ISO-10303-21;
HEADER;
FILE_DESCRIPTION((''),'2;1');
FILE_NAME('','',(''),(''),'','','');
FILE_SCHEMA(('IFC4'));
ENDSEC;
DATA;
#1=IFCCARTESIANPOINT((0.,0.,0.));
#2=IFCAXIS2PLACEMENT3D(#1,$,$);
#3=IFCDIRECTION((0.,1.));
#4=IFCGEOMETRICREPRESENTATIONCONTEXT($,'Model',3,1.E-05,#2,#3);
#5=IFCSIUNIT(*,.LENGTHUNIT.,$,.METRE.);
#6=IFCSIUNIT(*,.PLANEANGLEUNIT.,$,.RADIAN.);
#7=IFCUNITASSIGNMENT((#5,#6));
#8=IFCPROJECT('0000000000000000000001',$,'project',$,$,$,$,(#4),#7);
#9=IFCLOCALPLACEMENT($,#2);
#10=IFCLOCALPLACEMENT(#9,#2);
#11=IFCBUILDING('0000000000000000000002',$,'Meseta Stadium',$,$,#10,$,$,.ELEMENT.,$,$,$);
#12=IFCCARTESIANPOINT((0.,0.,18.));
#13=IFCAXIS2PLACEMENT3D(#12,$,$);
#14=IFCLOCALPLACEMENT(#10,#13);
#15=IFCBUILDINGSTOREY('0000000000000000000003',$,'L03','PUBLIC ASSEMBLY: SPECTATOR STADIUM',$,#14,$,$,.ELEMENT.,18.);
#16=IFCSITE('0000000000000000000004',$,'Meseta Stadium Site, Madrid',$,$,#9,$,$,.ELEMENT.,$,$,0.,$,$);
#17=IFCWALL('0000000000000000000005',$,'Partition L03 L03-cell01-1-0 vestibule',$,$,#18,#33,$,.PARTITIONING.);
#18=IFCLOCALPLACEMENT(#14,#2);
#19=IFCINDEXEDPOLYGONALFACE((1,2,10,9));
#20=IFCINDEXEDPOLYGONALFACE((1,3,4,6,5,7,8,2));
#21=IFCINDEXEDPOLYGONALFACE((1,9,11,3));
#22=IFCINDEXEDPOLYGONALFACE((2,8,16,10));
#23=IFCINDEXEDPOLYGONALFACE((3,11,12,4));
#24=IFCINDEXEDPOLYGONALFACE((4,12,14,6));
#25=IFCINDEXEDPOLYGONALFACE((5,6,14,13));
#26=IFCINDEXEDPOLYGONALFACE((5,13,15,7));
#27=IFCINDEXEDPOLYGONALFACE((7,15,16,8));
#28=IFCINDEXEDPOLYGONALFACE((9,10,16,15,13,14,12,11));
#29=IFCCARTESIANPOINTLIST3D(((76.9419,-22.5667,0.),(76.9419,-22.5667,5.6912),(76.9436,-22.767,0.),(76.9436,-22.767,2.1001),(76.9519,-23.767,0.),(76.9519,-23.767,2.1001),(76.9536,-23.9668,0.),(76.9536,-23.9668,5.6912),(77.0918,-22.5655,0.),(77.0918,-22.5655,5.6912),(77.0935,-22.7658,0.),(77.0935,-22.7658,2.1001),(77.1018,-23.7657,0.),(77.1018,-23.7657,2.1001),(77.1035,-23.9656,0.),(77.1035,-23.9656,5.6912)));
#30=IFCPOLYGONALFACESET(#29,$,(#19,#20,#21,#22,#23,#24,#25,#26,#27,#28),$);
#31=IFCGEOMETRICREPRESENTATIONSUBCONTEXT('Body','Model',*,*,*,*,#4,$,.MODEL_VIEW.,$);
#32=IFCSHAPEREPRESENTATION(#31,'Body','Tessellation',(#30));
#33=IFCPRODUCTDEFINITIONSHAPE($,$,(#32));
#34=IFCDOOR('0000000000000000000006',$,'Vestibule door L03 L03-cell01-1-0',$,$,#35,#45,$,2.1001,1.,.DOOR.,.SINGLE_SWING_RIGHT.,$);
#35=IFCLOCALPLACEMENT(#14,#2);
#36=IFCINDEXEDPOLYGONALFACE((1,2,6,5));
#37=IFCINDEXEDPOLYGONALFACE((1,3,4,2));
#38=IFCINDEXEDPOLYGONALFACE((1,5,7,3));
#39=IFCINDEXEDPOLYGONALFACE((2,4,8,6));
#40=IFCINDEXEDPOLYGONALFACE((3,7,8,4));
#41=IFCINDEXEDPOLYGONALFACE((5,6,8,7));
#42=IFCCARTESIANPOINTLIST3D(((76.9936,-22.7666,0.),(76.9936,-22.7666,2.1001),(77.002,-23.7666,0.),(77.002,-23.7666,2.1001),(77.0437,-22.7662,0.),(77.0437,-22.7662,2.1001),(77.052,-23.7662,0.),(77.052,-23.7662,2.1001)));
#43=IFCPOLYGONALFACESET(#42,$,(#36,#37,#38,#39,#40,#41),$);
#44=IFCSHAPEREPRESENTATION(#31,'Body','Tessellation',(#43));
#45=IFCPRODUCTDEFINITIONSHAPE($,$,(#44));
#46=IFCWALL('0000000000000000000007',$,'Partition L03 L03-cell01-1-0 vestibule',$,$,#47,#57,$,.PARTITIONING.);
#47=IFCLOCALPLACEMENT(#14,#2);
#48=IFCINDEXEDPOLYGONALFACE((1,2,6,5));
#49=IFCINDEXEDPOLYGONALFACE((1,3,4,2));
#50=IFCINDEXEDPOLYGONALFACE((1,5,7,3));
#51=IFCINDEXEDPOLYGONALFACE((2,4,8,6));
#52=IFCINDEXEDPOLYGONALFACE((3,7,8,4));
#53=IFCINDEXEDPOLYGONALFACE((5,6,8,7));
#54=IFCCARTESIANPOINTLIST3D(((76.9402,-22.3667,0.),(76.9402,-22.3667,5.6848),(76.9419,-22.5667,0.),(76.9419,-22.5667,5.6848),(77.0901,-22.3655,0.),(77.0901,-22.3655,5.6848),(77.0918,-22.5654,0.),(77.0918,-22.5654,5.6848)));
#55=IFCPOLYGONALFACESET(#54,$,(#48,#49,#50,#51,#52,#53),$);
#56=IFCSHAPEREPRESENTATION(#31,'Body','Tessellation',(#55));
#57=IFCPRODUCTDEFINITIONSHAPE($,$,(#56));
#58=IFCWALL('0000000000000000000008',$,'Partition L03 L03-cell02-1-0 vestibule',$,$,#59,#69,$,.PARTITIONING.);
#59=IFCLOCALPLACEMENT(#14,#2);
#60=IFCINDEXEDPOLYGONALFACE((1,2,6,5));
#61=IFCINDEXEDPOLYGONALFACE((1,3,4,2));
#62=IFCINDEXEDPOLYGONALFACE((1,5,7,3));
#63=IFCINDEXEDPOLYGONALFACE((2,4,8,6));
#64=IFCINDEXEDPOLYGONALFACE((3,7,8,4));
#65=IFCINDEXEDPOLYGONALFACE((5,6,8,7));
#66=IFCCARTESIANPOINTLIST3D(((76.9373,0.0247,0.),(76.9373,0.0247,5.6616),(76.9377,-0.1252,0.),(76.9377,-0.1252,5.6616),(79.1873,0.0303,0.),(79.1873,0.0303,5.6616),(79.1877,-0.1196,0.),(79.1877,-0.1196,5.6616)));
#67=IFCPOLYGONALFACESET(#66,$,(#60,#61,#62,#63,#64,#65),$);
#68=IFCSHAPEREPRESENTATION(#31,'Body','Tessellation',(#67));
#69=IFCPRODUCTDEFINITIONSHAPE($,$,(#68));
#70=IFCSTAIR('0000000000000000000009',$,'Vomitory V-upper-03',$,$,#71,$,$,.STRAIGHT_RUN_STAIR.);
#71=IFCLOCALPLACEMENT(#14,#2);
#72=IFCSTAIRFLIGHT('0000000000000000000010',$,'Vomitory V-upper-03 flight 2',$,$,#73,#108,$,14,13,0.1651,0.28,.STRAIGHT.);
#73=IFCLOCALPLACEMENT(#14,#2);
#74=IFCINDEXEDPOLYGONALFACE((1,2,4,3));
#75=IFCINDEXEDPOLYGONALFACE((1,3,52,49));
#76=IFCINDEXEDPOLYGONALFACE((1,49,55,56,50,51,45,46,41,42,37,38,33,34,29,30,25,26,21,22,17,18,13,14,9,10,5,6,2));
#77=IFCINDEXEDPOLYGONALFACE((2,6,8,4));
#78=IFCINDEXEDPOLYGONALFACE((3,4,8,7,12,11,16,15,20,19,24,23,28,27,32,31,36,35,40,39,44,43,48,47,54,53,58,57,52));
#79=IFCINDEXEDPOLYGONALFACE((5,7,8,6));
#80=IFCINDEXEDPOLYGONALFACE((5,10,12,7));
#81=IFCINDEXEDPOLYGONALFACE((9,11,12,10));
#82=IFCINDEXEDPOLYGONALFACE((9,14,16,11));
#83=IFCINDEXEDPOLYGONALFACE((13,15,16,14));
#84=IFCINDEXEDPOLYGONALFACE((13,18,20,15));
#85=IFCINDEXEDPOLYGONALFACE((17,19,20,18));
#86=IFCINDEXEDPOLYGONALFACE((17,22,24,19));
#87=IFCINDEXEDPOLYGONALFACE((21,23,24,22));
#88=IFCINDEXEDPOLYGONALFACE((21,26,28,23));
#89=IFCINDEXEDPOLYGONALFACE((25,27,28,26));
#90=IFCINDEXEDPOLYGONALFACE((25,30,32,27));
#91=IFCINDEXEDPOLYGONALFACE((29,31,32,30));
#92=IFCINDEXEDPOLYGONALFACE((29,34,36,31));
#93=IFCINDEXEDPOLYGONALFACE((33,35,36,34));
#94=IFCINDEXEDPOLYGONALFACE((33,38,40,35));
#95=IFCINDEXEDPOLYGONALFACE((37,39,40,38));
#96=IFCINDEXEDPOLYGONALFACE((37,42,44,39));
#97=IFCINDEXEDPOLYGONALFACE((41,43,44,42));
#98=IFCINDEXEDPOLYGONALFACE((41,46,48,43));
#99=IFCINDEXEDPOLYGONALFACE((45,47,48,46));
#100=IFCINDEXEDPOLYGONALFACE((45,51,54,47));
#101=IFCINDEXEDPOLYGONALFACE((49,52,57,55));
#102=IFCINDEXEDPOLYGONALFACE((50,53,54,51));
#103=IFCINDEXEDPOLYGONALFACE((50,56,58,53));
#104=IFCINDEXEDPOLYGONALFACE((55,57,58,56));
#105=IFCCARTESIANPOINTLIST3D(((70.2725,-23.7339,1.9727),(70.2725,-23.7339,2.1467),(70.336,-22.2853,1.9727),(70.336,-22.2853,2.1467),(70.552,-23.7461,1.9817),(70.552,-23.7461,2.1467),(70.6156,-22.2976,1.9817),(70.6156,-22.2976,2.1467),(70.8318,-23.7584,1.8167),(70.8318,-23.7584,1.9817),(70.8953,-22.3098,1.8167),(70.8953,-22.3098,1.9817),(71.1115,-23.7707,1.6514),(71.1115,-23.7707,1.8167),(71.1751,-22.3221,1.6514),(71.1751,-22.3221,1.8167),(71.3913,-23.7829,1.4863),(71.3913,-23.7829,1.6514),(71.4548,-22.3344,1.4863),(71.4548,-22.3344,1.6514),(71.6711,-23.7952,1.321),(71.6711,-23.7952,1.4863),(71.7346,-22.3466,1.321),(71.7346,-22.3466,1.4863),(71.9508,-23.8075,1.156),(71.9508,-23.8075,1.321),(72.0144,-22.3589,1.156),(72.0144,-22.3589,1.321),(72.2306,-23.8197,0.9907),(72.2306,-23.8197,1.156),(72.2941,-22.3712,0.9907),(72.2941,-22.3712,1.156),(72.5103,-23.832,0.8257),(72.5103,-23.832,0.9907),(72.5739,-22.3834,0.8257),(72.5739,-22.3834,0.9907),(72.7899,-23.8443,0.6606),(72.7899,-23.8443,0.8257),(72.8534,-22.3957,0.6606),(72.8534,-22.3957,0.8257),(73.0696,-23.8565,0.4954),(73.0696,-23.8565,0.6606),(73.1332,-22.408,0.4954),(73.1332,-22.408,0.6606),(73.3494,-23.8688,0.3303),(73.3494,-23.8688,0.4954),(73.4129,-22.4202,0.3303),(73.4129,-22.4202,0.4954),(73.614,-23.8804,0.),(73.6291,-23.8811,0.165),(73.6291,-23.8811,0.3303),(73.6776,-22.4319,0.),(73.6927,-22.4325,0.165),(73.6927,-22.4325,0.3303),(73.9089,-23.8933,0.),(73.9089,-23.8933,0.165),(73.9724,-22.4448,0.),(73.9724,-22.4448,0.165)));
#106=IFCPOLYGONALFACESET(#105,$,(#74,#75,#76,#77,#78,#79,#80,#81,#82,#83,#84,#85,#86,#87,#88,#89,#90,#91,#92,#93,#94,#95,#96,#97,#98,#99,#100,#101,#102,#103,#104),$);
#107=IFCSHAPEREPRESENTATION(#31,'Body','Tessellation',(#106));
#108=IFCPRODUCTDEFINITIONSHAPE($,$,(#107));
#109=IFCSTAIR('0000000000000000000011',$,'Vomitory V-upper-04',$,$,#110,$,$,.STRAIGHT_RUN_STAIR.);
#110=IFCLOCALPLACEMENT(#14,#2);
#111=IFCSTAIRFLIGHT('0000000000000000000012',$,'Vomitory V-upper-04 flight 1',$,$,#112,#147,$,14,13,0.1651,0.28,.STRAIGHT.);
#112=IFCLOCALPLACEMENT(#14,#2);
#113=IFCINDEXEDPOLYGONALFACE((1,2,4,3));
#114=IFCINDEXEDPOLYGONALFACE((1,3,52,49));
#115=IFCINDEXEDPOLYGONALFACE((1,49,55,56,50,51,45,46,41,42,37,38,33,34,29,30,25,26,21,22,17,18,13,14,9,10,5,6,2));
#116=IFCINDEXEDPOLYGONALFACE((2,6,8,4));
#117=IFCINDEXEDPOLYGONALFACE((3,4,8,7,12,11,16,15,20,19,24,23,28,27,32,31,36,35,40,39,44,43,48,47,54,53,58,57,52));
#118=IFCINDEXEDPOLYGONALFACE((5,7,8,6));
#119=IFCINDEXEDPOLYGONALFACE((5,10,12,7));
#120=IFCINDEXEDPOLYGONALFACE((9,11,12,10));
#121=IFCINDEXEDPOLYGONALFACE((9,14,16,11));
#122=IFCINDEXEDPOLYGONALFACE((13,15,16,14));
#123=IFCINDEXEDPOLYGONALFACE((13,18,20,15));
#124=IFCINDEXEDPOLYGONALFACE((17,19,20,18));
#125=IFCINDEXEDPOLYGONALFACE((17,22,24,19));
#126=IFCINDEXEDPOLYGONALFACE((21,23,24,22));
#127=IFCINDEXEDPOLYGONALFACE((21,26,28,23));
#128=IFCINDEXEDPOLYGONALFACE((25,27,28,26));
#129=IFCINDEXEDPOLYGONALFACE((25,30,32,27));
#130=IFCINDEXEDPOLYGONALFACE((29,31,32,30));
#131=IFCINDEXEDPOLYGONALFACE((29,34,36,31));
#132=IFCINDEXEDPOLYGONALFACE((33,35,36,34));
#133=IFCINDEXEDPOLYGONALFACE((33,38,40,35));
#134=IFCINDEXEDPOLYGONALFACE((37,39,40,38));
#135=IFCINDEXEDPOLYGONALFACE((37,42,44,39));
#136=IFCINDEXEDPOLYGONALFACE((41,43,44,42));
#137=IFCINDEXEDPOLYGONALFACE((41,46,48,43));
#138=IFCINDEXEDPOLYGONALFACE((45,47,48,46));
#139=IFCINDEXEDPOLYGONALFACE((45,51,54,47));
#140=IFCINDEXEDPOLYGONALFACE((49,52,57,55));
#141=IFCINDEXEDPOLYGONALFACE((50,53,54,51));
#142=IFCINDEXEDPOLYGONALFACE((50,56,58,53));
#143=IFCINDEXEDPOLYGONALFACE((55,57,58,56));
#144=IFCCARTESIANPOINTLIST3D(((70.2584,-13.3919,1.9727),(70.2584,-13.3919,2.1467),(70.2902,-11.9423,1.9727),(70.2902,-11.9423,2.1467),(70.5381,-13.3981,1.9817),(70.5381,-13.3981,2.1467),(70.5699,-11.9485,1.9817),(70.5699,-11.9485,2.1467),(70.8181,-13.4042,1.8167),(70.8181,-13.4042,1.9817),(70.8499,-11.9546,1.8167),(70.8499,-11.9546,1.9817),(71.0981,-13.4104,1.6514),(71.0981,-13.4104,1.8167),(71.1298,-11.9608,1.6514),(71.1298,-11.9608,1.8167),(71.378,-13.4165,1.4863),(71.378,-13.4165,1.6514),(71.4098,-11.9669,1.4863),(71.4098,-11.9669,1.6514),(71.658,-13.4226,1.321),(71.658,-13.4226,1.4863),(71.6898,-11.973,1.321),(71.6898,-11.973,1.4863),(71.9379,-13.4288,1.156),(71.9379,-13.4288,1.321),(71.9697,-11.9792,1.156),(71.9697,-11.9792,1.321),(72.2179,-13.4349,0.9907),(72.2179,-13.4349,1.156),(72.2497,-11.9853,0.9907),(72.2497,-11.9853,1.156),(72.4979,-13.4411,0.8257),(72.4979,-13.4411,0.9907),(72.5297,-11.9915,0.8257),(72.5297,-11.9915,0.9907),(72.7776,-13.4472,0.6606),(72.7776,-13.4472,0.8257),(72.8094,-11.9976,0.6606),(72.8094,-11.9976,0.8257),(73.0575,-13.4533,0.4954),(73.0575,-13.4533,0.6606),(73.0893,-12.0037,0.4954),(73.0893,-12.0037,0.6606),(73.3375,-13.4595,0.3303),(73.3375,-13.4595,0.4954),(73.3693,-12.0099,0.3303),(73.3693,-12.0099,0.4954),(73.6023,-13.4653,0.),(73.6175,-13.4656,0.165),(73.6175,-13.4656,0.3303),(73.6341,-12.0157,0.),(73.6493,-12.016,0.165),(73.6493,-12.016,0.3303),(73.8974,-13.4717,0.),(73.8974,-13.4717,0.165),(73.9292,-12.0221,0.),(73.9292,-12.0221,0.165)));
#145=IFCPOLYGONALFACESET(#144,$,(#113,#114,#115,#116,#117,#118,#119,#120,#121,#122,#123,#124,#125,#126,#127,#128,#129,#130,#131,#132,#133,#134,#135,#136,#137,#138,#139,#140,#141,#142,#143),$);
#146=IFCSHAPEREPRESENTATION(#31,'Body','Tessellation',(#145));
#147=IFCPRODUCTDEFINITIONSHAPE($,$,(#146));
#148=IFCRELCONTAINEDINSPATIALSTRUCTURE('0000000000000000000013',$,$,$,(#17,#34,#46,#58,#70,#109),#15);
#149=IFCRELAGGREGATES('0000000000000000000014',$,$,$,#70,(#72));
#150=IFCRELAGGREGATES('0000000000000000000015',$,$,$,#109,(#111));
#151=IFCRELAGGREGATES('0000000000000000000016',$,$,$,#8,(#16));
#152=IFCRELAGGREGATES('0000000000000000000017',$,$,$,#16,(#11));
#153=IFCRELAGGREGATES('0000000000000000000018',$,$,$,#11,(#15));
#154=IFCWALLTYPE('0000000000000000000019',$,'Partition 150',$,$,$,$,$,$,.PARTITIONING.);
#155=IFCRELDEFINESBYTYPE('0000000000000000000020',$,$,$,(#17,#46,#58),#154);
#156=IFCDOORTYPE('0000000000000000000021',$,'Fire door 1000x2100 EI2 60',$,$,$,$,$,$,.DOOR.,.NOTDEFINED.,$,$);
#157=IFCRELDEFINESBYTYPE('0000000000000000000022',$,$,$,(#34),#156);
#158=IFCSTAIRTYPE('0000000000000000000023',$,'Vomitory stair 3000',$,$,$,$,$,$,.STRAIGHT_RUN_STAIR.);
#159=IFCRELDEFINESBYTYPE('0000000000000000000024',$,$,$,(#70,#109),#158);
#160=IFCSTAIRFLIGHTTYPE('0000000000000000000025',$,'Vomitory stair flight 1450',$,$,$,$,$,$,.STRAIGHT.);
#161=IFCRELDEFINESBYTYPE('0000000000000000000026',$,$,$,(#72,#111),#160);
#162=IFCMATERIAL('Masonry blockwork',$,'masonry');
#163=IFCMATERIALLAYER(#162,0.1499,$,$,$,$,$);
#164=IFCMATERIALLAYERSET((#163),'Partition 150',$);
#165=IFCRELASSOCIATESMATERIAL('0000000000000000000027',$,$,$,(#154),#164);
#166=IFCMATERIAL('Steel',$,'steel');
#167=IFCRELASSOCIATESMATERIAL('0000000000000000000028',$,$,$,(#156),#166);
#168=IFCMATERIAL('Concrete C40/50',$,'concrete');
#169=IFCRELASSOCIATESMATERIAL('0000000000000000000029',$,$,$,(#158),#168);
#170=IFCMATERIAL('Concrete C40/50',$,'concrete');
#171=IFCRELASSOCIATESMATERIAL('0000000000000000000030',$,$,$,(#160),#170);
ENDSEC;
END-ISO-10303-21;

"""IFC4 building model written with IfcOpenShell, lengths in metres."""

from ifc_helpers import new_model, si_unit, direction, frame, frame_2d, origin, place, context, subcontext, project, spatial, polyline, rectangle, outline, extrude, material, layer, layer_set, type_object, element, fill, aggregate, save


model = new_model("IFC4")

# Units and contexts
model_context = context("Model", 3, precision=1e-05, world=origin(), true_north=direction((0.0, 1.0)))
body_context = subcontext(model_context, "Body", "Model", "MODEL_VIEW")
ifc_project = project(units=[si_unit("LENGTHUNIT", "METRE"), si_unit("PLANEANGLEUNIT", "RADIAN")], contexts=[model_context])

# Site, building, storey
site_placement = place(None, origin())
site = spatial("IfcSite", under=ifc_project, at=site_placement, Name="Meseta Stadium Site, Madrid", CompositionType="ELEMENT", RefElevation=0.0)
building_placement = place(site_placement, origin())
building = spatial("IfcBuilding", under=site, at=building_placement, Name="Meseta Stadium", CompositionType="ELEMENT")
storey_placement = place(building_placement, frame((0.0, 0.0, 18.0)))
storey = spatial("IfcBuildingStorey", under=building, at=storey_placement, Name="L03", Description="PUBLIC ASSEMBLY: SPECTATOR STADIUM", CompositionType="ELEMENT", Elevation=18.0)

# Shared definitions
ifc_material_1 = material(Name="Masonry blockwork", Category="masonry")
ifc_layer = layer(ifc_material_1, 0.1499)
ifc_layer_set = layer_set([ifc_layer], Name="Partition 150")
wall_type = type_object("IfcWallType", Name="Partition 150", PredefinedType="PARTITIONING", material=ifc_layer_set)

# Wall, opening, door
wall_1_placement = place(storey_placement, frame((77.0286, -23.9663, 0.0), z_axis=(0.0, 0.0, 1.0), x_axis=(-0.008369, 0.999965, 0.0)))
wall_1 = element("IfcWall", 1, at=wall_1_placement, inside=storey, type_object=wall_type, Name="Partition L03 L03-cell01-1-0 vestibule", PredefinedType="PARTITIONING", context=body_context, shape_type="SweptSolid", body=[
    extrude(rectangle(XDim=1.4001, YDim=0.1499, at=frame_2d((0.7002, 0.0))), origin(), (0.0, 0.0, 1.0), 5.6912),
])
opening_placement = place(wall_1_placement, frame((0.2, 0.0, 0.0)))
opening = element("IfcOpeningElement", 2, at=opening_placement, cuts=wall_1, PredefinedType="OPENING", context=body_context, shape_type="SweptSolid", body=[
    extrude(rectangle(XDim=1.0, YDim=2.1001, at=frame_2d((0.5, 1.05))), frame((0.0, 0.085, 0.0), z_axis=(0.0, -1.0, 0.0), x_axis=(1.0, 0.0, 0.0)), (0.0, 0.0, 1.0), 0.1699),
])
ifc_material_2 = material(Name="Steel", Category="steel")
door_type = type_object("IfcDoorType", Name="Fire door 1000x2100 EI2 60", OperationType="NOTDEFINED", PredefinedType="DOOR", material=ifc_material_2)
door_placement = place(opening_placement, origin())
door = element("IfcDoor", 3, at=door_placement, inside=storey, type_object=door_type, Name="Vestibule door L03 L03-cell01-1-0", OperationType="SINGLE_SWING_RIGHT", OverallHeight=2.1001, OverallWidth=1.0, PredefinedType="DOOR", context=body_context, shape_type="SweptSolid", body=[
    extrude(rectangle(XDim=1.0, YDim=2.1001, at=frame_2d((0.5, 1.05))), frame((0.0, 0.0249, 0.0), z_axis=(0.0, -1.0, 0.0), x_axis=(1.0, 0.0, 0.0)), (0.0, 0.0, 1.0), 0.05),
])
fill(opening, door)

# Walls
wall_2_placement = place(storey_placement, frame((77.0168, -22.5662, 0.0), z_axis=(0.0, 0.0, 1.0), x_axis=(-0.008547, 0.999963, 0.0)))
element("IfcWall", 4, at=wall_2_placement, inside=storey, type_object=wall_type, Name="Partition L03 L03-cell01-1-0 vestibule", PredefinedType="PARTITIONING", context=body_context, shape_type="SweptSolid", body=[
    extrude(rectangle(XDim=0.2, YDim=0.1499, at=frame_2d((0.1001, 0.0))), origin(), (0.0, 0.0, 1.0), 5.6848),
])
wall_3_placement = place(storey_placement, frame((79.1875, -0.0447, 0.0), z_axis=(0.0, 0.0, 1.0), x_axis=(-0.999997, -0.002496, 0.0)))
element("IfcWall", 5, at=wall_3_placement, inside=storey, type_object=wall_type, Name="Partition L03 L03-cell02-1-0 vestibule", PredefinedType="PARTITIONING", context=body_context, shape_type="SweptSolid", body=[
    extrude(rectangle(XDim=2.25, YDim=0.1499, at=frame_2d((1.125, 0.0))), origin(), (0.0, 0.0, 1.0), 5.6616),
])

# Stair, stair flight
ifc_material_3 = material(Name="Concrete C40/50", Category="concrete")
stair_type = type_object("IfcStairType", Name="Vomitory stair 3000", PredefinedType="STRAIGHT_RUN_STAIR", material=ifc_material_3)
stair_1_placement = place(storey_placement, origin())
stair_1 = element("IfcStair", 6, at=stair_1_placement, inside=storey, type_object=stair_type, Name="Vomitory V-upper-03", PredefinedType="STRAIGHT_RUN_STAIR")
ifc_material_4 = material(Name="Concrete C40/50", Category="concrete")
stair_flight_type = type_object("IfcStairFlightType", Name="Vomitory stair flight 1450", PredefinedType="STRAIGHT", material=ifc_material_4)
stair_flight_1_placement = place(storey_placement, frame((73.9407, -23.1689, 0.0), z_axis=(0.0, 0.0, 1.0), x_axis=(-0.99904, 0.043818, 0.0)))
stair_flight_1 = element("IfcStairFlight", 7, at=stair_flight_1_placement, type_object=stair_flight_type, Name="Vomitory V-upper-03 flight 2", NumberOfRisers=14, NumberOfTreads=13, PredefinedType="STRAIGHT", RiserHeight=0.1651, TreadLength=0.28, context=body_context, shape_type="SweptSolid", body=[
    extrude(outline(polyline([(0.0, 0.0), (0.0, 0.165), (0.28, 0.165), (0.28, 0.3303), (0.5601, 0.3303), (0.5601, 0.4954), (0.8401, 0.4954), (0.8401, 0.6606), (1.1201, 0.6606), (1.1201, 0.8257), (1.3999, 0.8257), (1.3999, 0.9907), (1.6799, 0.9907), (1.6799, 1.156), (1.96, 1.156), (1.96, 1.321), (2.24, 1.321), (2.24, 1.4863), (2.52, 1.4863), (2.52, 1.6514), (2.8, 1.6514), (2.8, 1.8167), (3.0801, 1.8167), (3.0801, 1.9817), (3.3601, 1.9817), (3.3601, 2.1467), (3.6399, 2.1467), (3.6399, 1.9727), (0.2952, 0.0), (0.0, 0.0)])), frame((0.0, 0.7251, 0.0), z_axis=(0.0, -1.0, 0.0), x_axis=(1.0, 0.0, 0.0)), (0.0, 0.0, 1.0), 1.45),
])
aggregate(stair_1, [stair_flight_1])

# Stair, stair flight
stair_2_placement = place(storey_placement, origin())
stair_2 = element("IfcStair", 8, at=stair_2_placement, inside=storey, type_object=stair_type, Name="Vomitory V-upper-04", PredefinedType="STRAIGHT_RUN_STAIR")
stair_flight_2_placement = place(storey_placement, frame((73.9133, -12.7468, 0.0), z_axis=(0.0, 0.0, 1.0), x_axis=(-0.99976, 0.021925, 0.0)))
stair_flight_2 = element("IfcStairFlight", 9, at=stair_flight_2_placement, type_object=stair_flight_type, Name="Vomitory V-upper-04 flight 1", NumberOfRisers=14, NumberOfTreads=13, PredefinedType="STRAIGHT", RiserHeight=0.1651, TreadLength=0.28, context=body_context, shape_type="SweptSolid", body=[
    extrude(outline(polyline([(0.0, 0.0), (0.0, 0.165), (0.28, 0.165), (0.28, 0.3303), (0.5601, 0.3303), (0.5601, 0.4954), (0.8401, 0.4954), (0.8401, 0.6606), (1.1201, 0.6606), (1.1201, 0.8257), (1.3999, 0.8257), (1.3999, 0.9907), (1.6799, 0.9907), (1.6799, 1.156), (1.96, 1.156), (1.96, 1.321), (2.24, 1.321), (2.24, 1.4863), (2.52, 1.4863), (2.52, 1.6514), (2.8, 1.6514), (2.8, 1.8167), (3.0801, 1.8167), (3.0801, 1.9817), (3.3601, 1.9817), (3.3601, 2.1467), (3.6399, 2.1467), (3.6399, 1.9727), (0.2952, 0.0), (0.0, 0.0)])), frame((0.0, 0.7251, 0.0), z_axis=(0.0, -1.0, 0.0), x_axis=(1.0, 0.0, 0.0)), (0.0, 0.0, 1.0), 1.45),
])
aggregate(stair_2, [stair_flight_2])

save(model, "model.ifc")
